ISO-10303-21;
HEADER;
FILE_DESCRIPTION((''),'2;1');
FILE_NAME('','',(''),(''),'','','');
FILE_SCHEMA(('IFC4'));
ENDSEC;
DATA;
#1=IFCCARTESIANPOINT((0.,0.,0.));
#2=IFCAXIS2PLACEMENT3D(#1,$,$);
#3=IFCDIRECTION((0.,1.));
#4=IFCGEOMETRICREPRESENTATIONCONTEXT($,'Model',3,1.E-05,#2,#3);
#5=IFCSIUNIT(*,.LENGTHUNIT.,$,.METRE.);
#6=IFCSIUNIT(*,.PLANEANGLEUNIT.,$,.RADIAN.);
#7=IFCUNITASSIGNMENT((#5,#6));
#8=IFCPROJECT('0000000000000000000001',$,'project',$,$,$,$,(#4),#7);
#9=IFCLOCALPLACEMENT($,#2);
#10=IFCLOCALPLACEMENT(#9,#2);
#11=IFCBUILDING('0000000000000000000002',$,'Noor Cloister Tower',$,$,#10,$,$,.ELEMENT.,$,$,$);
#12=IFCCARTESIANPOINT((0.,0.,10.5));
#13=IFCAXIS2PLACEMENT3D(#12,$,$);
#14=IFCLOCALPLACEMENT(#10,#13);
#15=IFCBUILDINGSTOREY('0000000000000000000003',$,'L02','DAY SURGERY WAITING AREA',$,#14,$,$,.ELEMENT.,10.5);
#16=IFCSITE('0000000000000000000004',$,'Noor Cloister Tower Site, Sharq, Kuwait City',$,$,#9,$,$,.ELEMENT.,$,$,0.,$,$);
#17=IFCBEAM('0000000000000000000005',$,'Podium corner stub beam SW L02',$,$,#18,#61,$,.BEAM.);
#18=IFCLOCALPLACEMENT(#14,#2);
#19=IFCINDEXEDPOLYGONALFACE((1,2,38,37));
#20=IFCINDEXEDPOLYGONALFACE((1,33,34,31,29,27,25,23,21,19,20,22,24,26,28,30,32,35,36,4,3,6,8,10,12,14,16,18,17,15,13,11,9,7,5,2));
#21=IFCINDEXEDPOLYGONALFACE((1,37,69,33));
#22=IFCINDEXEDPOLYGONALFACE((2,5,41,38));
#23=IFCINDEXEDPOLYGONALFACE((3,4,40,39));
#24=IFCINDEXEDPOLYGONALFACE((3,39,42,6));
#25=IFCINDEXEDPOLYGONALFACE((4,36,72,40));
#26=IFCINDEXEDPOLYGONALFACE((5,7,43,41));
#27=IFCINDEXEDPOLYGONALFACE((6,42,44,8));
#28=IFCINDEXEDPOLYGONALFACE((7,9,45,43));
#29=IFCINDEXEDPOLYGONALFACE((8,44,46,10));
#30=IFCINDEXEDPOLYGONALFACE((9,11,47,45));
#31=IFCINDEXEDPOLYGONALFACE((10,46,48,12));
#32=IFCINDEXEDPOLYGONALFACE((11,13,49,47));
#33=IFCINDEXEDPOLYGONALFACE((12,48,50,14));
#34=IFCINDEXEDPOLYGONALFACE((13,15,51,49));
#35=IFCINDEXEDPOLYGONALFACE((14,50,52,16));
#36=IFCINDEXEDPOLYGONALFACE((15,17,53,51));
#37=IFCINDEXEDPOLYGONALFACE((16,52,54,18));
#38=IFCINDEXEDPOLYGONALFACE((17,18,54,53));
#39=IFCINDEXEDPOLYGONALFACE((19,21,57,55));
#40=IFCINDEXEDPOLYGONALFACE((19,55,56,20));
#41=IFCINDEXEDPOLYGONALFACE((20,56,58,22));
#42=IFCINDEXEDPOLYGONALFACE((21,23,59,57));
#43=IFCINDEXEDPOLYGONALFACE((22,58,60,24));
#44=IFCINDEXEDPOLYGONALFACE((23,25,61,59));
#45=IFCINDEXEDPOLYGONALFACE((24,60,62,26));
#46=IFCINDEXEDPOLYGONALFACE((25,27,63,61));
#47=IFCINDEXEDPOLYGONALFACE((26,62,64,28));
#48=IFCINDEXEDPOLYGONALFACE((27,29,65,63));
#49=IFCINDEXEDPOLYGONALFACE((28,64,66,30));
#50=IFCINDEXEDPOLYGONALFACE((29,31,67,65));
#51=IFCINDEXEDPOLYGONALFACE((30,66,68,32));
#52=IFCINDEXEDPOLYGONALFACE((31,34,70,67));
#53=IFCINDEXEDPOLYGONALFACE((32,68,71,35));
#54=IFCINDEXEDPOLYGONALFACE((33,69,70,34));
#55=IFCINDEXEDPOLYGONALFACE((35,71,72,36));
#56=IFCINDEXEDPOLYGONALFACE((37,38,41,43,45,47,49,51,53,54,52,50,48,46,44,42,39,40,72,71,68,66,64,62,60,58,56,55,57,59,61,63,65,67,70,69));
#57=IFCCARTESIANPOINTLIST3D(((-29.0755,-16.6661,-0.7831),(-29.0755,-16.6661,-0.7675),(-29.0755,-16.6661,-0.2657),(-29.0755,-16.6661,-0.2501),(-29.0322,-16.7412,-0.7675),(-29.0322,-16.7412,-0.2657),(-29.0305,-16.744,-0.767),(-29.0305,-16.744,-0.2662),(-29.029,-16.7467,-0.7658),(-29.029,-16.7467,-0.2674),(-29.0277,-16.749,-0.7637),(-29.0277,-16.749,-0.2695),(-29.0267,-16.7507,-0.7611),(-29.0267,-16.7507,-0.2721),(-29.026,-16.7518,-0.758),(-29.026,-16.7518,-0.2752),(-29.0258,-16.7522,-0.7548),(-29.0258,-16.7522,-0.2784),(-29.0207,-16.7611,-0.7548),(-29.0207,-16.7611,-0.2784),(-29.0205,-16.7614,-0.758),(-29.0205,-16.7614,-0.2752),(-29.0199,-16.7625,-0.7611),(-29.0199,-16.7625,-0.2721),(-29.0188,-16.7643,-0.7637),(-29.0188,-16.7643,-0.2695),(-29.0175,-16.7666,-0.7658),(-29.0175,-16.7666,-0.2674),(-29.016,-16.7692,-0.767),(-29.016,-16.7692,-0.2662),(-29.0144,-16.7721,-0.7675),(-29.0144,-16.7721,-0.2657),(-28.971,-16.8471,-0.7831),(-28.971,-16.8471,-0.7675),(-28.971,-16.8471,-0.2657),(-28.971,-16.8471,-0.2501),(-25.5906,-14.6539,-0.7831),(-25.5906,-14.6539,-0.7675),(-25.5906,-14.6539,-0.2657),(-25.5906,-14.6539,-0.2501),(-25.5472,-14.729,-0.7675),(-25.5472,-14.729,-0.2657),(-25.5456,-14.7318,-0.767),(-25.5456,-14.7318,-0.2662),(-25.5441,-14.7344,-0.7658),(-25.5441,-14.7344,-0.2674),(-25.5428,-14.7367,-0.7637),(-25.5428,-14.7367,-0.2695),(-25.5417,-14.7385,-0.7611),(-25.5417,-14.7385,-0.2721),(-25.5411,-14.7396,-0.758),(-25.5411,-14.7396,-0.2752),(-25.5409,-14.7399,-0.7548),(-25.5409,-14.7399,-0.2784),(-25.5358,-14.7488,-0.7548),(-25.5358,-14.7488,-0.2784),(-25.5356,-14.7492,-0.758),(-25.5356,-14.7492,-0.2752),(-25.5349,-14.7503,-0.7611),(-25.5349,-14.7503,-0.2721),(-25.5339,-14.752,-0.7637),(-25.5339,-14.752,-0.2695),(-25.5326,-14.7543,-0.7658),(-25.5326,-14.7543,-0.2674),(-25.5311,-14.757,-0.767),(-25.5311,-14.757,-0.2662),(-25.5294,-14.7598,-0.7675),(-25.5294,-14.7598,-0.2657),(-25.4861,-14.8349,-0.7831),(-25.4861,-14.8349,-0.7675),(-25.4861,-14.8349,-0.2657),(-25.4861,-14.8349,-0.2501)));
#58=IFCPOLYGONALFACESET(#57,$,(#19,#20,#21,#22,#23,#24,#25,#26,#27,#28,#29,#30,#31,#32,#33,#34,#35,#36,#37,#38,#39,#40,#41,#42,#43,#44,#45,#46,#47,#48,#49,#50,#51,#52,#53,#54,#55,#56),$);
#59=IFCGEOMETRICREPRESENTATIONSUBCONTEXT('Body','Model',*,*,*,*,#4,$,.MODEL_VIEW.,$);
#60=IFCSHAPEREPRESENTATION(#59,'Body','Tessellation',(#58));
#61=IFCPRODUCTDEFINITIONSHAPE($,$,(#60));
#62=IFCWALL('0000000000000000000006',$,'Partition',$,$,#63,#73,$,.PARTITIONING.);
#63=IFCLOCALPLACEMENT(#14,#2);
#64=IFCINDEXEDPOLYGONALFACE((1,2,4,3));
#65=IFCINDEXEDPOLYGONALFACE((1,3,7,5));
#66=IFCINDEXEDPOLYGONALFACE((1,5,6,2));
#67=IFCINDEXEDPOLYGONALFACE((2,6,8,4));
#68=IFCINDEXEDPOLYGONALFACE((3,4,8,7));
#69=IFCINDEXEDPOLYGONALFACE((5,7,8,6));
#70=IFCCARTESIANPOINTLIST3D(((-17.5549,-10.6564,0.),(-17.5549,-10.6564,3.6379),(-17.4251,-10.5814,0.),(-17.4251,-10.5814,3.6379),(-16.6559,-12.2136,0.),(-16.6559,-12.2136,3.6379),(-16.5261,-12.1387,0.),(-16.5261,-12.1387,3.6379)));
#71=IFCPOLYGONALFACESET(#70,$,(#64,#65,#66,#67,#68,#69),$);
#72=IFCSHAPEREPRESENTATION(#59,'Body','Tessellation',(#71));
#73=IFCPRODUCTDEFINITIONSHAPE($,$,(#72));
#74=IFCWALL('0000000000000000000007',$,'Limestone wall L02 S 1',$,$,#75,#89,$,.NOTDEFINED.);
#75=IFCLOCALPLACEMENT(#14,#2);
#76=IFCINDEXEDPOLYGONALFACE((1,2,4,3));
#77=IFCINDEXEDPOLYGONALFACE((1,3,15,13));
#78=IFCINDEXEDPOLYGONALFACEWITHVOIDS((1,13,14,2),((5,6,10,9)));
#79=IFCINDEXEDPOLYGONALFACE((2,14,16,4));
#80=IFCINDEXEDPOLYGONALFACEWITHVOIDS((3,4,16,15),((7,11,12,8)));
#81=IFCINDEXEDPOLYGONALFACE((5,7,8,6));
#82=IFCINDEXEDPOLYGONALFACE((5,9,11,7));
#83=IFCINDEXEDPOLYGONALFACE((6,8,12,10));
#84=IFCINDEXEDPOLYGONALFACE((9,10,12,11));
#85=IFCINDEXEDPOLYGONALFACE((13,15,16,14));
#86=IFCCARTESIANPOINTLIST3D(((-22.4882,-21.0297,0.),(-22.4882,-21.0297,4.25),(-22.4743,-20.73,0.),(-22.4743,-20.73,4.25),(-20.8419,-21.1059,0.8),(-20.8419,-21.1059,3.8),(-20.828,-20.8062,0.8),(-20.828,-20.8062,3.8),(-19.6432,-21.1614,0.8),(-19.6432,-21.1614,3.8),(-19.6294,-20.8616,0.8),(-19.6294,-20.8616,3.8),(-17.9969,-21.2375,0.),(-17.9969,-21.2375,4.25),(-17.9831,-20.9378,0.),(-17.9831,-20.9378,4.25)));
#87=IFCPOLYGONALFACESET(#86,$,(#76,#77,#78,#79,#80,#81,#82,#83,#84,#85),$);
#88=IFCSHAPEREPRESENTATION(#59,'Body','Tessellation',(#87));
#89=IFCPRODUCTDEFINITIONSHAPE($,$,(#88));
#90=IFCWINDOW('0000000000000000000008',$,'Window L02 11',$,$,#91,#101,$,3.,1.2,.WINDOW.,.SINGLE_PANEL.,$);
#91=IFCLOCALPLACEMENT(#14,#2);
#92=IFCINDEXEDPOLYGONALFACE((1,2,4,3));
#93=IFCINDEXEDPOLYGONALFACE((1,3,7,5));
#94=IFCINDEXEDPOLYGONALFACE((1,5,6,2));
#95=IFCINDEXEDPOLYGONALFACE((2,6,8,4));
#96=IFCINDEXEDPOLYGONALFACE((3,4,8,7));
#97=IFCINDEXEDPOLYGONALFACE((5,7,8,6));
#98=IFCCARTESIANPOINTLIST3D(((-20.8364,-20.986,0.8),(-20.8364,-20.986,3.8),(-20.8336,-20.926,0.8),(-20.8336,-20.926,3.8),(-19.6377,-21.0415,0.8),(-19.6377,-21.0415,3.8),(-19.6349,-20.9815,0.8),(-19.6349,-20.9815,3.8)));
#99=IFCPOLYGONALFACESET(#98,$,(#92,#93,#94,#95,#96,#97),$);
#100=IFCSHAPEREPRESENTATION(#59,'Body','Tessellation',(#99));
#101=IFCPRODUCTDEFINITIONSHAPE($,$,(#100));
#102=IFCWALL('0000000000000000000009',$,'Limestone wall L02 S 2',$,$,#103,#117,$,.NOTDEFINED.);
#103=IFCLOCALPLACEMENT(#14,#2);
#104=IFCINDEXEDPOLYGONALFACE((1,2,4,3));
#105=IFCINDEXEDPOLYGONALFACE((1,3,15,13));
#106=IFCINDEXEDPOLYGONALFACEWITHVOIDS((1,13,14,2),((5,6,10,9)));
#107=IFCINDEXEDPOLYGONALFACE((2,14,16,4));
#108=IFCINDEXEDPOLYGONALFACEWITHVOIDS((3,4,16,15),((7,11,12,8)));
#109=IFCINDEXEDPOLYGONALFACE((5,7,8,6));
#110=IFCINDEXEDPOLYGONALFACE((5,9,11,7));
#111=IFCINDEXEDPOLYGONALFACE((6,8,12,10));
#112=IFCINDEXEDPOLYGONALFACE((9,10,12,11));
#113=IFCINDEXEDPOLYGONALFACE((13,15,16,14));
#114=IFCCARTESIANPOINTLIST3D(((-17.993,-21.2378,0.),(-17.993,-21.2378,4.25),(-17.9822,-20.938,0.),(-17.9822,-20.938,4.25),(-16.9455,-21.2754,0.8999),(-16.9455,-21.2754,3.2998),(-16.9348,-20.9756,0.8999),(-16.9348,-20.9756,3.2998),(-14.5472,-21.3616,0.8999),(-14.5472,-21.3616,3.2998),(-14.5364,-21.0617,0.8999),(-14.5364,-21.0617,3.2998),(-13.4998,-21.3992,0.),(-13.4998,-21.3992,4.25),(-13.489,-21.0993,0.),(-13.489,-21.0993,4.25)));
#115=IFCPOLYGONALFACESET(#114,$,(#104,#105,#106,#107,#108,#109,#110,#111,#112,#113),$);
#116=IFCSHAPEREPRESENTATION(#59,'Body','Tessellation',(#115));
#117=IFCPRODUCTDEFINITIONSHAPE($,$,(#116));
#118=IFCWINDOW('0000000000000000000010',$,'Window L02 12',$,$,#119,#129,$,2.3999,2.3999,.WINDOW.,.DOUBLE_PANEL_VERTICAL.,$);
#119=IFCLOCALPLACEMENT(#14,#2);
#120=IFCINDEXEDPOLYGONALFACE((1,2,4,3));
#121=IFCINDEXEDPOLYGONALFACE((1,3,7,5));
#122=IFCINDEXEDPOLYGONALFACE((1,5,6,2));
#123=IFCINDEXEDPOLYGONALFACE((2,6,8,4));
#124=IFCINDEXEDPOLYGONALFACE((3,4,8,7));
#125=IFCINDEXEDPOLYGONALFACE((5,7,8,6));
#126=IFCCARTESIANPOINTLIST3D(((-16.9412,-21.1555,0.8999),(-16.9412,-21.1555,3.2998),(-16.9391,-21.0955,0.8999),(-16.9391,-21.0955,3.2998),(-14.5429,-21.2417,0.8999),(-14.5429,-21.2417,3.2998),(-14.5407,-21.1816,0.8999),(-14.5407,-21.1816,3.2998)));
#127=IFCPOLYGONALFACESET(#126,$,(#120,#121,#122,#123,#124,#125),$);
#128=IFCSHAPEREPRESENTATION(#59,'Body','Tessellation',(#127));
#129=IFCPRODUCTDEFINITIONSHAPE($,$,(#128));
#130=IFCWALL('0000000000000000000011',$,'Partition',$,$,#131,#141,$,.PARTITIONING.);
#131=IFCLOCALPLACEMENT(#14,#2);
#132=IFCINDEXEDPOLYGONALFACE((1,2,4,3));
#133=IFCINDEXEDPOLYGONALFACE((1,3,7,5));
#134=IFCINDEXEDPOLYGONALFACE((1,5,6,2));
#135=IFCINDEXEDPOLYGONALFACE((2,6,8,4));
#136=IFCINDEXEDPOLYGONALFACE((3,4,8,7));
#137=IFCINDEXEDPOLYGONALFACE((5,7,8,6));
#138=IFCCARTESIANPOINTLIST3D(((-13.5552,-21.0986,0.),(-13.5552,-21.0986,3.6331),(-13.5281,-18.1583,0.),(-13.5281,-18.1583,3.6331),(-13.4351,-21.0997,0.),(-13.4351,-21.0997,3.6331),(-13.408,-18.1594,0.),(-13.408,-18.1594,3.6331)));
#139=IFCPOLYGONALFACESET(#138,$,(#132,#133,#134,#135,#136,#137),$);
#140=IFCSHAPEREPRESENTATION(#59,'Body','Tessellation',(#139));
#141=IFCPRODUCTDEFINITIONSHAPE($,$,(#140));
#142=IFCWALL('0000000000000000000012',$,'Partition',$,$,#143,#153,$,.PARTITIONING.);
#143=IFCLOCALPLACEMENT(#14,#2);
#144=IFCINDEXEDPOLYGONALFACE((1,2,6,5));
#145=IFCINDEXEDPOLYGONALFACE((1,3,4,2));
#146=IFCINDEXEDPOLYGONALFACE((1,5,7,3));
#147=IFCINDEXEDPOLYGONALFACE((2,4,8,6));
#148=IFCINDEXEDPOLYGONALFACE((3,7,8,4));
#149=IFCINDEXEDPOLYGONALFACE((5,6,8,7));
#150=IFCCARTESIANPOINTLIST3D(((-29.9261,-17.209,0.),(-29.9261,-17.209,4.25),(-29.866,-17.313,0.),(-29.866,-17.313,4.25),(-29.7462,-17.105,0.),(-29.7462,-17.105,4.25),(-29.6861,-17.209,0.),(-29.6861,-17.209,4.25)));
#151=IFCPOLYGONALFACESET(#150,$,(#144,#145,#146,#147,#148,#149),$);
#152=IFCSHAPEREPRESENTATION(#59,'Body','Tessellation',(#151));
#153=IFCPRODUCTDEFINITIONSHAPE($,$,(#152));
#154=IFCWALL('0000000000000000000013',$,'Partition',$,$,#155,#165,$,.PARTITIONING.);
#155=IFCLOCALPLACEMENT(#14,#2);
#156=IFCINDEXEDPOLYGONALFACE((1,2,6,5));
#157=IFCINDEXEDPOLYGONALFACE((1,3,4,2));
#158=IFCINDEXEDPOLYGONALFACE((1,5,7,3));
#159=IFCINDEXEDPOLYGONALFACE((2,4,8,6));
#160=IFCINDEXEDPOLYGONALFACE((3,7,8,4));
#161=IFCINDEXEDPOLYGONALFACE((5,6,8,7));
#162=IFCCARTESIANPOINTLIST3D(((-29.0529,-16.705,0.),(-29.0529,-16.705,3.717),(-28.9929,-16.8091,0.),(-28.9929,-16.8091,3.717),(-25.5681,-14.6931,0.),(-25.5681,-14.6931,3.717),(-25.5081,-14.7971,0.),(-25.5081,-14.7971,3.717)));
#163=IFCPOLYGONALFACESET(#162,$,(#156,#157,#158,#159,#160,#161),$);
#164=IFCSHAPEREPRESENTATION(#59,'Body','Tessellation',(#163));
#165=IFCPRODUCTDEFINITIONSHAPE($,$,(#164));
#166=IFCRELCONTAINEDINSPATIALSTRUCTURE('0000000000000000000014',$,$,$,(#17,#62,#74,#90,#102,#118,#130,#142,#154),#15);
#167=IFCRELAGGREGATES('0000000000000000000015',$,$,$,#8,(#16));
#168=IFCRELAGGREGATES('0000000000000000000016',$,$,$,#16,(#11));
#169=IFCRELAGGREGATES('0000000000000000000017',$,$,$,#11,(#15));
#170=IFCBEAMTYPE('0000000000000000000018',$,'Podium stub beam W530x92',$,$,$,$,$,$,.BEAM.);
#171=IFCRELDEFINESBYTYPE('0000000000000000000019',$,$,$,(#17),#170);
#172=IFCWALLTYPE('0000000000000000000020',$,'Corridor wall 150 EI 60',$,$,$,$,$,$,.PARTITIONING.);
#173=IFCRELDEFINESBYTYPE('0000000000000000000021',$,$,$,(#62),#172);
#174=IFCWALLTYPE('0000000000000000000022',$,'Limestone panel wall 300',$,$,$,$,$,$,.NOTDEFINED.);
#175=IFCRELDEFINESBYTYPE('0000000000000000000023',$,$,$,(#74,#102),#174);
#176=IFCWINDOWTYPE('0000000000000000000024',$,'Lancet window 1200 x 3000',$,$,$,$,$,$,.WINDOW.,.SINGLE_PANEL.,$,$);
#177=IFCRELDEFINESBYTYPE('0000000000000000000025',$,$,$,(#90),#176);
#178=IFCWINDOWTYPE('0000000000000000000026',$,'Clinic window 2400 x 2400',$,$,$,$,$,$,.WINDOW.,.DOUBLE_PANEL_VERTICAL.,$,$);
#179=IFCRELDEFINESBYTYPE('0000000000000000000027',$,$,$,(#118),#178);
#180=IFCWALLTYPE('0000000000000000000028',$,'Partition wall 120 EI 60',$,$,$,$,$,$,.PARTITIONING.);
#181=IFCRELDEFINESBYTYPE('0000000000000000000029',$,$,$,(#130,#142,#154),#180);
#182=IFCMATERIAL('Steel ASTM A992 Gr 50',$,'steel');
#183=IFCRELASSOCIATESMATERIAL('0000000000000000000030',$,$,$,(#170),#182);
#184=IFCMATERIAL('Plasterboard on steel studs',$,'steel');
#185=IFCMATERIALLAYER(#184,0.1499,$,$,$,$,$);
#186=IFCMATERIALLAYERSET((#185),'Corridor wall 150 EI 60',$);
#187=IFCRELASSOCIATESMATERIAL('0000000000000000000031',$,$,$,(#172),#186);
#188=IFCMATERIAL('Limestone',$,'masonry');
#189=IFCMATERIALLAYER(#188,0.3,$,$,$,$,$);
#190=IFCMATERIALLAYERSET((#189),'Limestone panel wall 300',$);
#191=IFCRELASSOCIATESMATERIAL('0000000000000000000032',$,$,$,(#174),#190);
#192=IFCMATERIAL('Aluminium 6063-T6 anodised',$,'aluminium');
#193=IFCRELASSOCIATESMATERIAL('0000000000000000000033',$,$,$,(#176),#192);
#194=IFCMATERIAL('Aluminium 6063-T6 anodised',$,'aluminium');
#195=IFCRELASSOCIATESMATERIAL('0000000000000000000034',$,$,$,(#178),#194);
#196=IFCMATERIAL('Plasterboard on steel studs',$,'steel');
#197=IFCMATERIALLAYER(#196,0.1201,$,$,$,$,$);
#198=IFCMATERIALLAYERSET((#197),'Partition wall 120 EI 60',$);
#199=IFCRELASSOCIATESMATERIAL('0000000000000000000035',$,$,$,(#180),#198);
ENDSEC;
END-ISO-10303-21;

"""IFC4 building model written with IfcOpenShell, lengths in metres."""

from ifc_helpers import new_model, si_unit, direction, frame, frame_2d, origin, origin_2d, place, context, subcontext, project, spatial, rectangle, i_section, extrude, material, layer, layer_set, material_profile, profile_set, type_object, element, fill, save


model = new_model("IFC4")

# Units and contexts
model_context = context("Model", 3, precision=1e-05, world=origin(), true_north=direction((0.0, 1.0)))
body_context = subcontext(model_context, "Body", "Model", "MODEL_VIEW")
ifc_project = project(units=[si_unit("LENGTHUNIT", "METRE"), si_unit("PLANEANGLEUNIT", "RADIAN")], contexts=[model_context])

# Site, building, storey
site_placement = place(None, origin())
site = spatial("IfcSite", under=ifc_project, at=site_placement, Name="Noor Cloister Tower Site, Sharq, Kuwait City", CompositionType="ELEMENT", RefElevation=0.0)
building_placement = place(site_placement, origin())
building = spatial("IfcBuilding", under=site, at=building_placement, Name="Noor Cloister Tower", CompositionType="ELEMENT")
storey_placement = place(building_placement, frame((0.0, 0.0, 10.5)))
storey = spatial("IfcBuildingStorey", under=building, at=storey_placement, Name="L02", Description="DAY SURGERY WAITING AREA", CompositionType="ELEMENT", Elevation=10.5)

# Beam
ifc_material_1 = material(Name="Steel ASTM A992 Gr 50", Category="steel")
ifc_material_profile_1 = material_profile(ifc_material_1, i_section(OverallWidth=0.209, OverallDepth=0.533, WebThickness=0.0103, FlangeThickness=0.0156, FilletRadius=0.0127, at=origin_2d()), Name="W530x92")
ifc_profile_set_1 = profile_set([ifc_material_profile_1], Name="Steel ASTM A992 Gr 50")
beam_type_1 = type_object("IfcBeamType", Name="Podium stub beam W530x92", PredefinedType="BEAM", material=ifc_profile_set_1)
beam_1_placement = place(storey_placement, frame((-25.5383, -14.7444, -0.5166), z_axis=(-0.866002, -0.500041, 0.0), x_axis=(0.500041, -0.866002, 0.0)))
element("IfcBeam", 1, at=beam_1_placement, inside=storey, type_object=beam_type_1, Name="Podium corner stub beam SW L02", PredefinedType="BEAM", context=body_context, shape_type="SweptSolid", body=[
    extrude(i_section(OverallWidth=0.209, OverallDepth=0.533, WebThickness=0.0103, FlangeThickness=0.0156, FilletRadius=0.0127, at=origin_2d()), origin(), (0.0, 0.0, 1.0), 4.0242),
])

# Wall
ifc_material_2 = material(Name="Plasterboard on steel studs", Category="steel")
ifc_layer_1 = layer(ifc_material_2, 0.1499)
ifc_layer_set_1 = layer_set([ifc_layer_1], Name="Corridor wall 150 EI 60")
wall_type_1 = type_object("IfcWallType", Name="Corridor wall 150 EI 60", PredefinedType="PARTITIONING", material=ifc_layer_set_1)
wall_1_placement = place(storey_placement, frame((-16.5911, -12.176, 0.0), z_axis=(0.0, 0.0, 1.0), x_axis=(-0.499965, 0.866045, 0.0)))
element("IfcWall", 2, at=wall_1_placement, inside=storey, type_object=wall_type_1, Name="Partition", PredefinedType="PARTITIONING", context=body_context, shape_type="SweptSolid", body=[
    extrude(rectangle(XDim=1.7981, YDim=0.1499, at=frame_2d((0.8989, 0.0))), origin(), (0.0, 0.0, 1.0), 3.6379),
])

# Walls, openings, windows
ifc_material_3 = material(Name="Limestone", Category="masonry")
ifc_layer_2 = layer(ifc_material_3, 0.3)
ifc_layer_set_2 = layer_set([ifc_layer_2], Name="Limestone panel wall 300")
wall_type_2 = type_object("IfcWallType", Name="Limestone panel wall 300", PredefinedType="NOTDEFINED", material=ifc_layer_set_2)
wall_2_placement = place(storey_placement, frame((-17.99, -21.0876, 0.0), z_axis=(0.0, 0.0, 1.0), x_axis=(-0.998932, 0.046211, 0.0)))
wall_2 = element("IfcWall", 3, at=wall_2_placement, inside=storey, type_object=wall_type_2, Name="Limestone wall L02 S 1", PredefinedType="NOTDEFINED", context=body_context, shape_type="SweptSolid", body=[
    extrude(rectangle(XDim=4.4961, YDim=0.3, at=frame_2d((2.248, 0.0))), origin(), (0.0, 0.0, 1.0), 4.25),
])
opening_1_placement = place(wall_2_placement, frame((1.6479, 0.0, 0.8)))
opening_1 = element("IfcOpeningElement", 4, at=opening_1_placement, cuts=wall_2, PredefinedType="OPENING", context=body_context, shape_type="SweptSolid", body=[
    extrude(rectangle(XDim=1.2, YDim=3.0, at=frame_2d((0.6001, 1.5))), frame((0.0, 0.1602, 0.0), z_axis=(0.0, -1.0, 0.0), x_axis=(1.0, 0.0, 0.0)), (0.0, 0.0, 1.0), 0.3201),
])
ifc_material_4 = material(Name="Aluminium 6063-T6 anodised", Category="aluminium")
window_type_1 = type_object("IfcWindowType", Name="Lancet window 1200 x 3000", PartitioningType="SINGLE_PANEL", PredefinedType="WINDOW", material=ifc_material_4)
window_1_placement = place(opening_1_placement, origin())
window_1 = element("IfcWindow", 5, at=window_1_placement, inside=storey, type_object=window_type_1, Name="Window L02 11", OverallHeight=3.0, OverallWidth=1.2, PartitioningType="SINGLE_PANEL", PredefinedType="WINDOW", context=body_context, shape_type="SweptSolid", body=[
    extrude(rectangle(XDim=1.2, YDim=3.0, at=frame_2d((0.6001, 1.5))), frame((0.0, 0.03, 0.0), z_axis=(0.0, -1.0, 0.0), x_axis=(1.0, 0.0, 0.0)), (0.0, 0.0, 1.0), 0.0601),
])
fill(opening_1, window_1)
wall_3_placement = place(storey_placement, frame((-13.4944, -21.2493, 0.0), z_axis=(0.0, 0.0, 1.0), x_axis=(-0.999356, 0.035893, 0.0)))
wall_3 = element("IfcWall", 6, at=wall_3_placement, inside=storey, type_object=wall_type_2, Name="Limestone wall L02 S 2", PredefinedType="NOTDEFINED", context=body_context, shape_type="SweptSolid", body=[
    extrude(rectangle(XDim=4.4961, YDim=0.3, at=frame_2d((2.248, 0.0))), origin(), (0.0, 0.0, 1.0), 4.25),
])
opening_2_placement = place(wall_3_placement, frame((1.0481, 0.0, 0.8999)))
opening_2 = element("IfcOpeningElement", 7, at=opening_2_placement, cuts=wall_3, PredefinedType="OPENING", context=body_context, shape_type="SweptSolid", body=[
    extrude(rectangle(XDim=2.3999, YDim=2.3999, at=frame_2d((1.2, 1.2))), frame((0.0, 0.1602, 0.0), z_axis=(0.0, -1.0, 0.0), x_axis=(1.0, 0.0, 0.0)), (0.0, 0.0, 1.0), 0.3201),
])
ifc_material_5 = material(Name="Aluminium 6063-T6 anodised", Category="aluminium")
window_type_2 = type_object("IfcWindowType", Name="Clinic window 2400 x 2400", PartitioningType="DOUBLE_PANEL_VERTICAL", PredefinedType="WINDOW", material=ifc_material_5)
window_2_placement = place(opening_2_placement, origin())
window_2 = element("IfcWindow", 8, at=window_2_placement, inside=storey, type_object=window_type_2, Name="Window L02 12", OverallHeight=2.3999, OverallWidth=2.3999, PartitioningType="DOUBLE_PANEL_VERTICAL", PredefinedType="WINDOW", context=body_context, shape_type="SweptSolid", body=[
    extrude(rectangle(XDim=2.3999, YDim=2.3999, at=frame_2d((1.2, 1.2))), frame((0.0, 0.03, 0.0), z_axis=(0.0, -1.0, 0.0), x_axis=(1.0, 0.0, 0.0)), (0.0, 0.0, 1.0), 0.0601),
])
fill(opening_2, window_2)

# Walls
ifc_material_6 = material(Name="Plasterboard on steel studs", Category="steel")
ifc_layer_3 = layer(ifc_material_6, 0.1201)
ifc_layer_set_3 = layer_set([ifc_layer_3], Name="Partition wall 120 EI 60")
wall_type_3 = type_object("IfcWallType", Name="Partition wall 120 EI 60", PredefinedType="PARTITIONING", material=ifc_layer_set_3)
wall_4_placement = place(storey_placement, frame((-13.4951, -21.0991, 0.0), z_axis=(0.0, 0.0, 1.0), x_axis=(0.009217, 0.999958, 0.0)))
element("IfcWall", 9, at=wall_4_placement, inside=storey, type_object=wall_type_3, Name="Partition", PredefinedType="PARTITIONING", context=body_context, shape_type="SweptSolid", body=[
    extrude(rectangle(XDim=2.9404, YDim=0.1201, at=frame_2d((1.4702, 0.0))), origin(), (0.0, 0.0, 1.0), 3.6331),
])
wall_5_placement = place(storey_placement, frame((-29.7161, -17.157, 0.0), z_axis=(0.0, 0.0, 1.0), x_axis=(-0.865775, -0.500434, 0.0)))
element("IfcWall", 10, at=wall_5_placement, inside=storey, type_object=wall_type_3, Name="Partition", PredefinedType="PARTITIONING", context=body_context, shape_type="SweptSolid", body=[
    extrude(rectangle(XDim=0.2078, YDim=0.1201, at=frame_2d((0.104, 0.0))), origin(), (0.0, 0.0, 1.0), 4.25),
])
wall_6_placement = place(storey_placement, frame((-25.5381, -14.7451, 0.0), z_axis=(0.0, 0.0, 1.0), x_axis=(-0.866028, -0.499996, 0.0)))
element("IfcWall", 11, at=wall_6_placement, inside=storey, type_object=wall_type_3, Name="Partition", PredefinedType="PARTITIONING", context=body_context, shape_type="SweptSolid", body=[
    extrude(rectangle(XDim=4.0239, YDim=0.1201, at=frame_2d((2.012, 0.0))), origin(), (0.0, 0.0, 1.0), 3.717),
])

save(model, "model.ifc")
